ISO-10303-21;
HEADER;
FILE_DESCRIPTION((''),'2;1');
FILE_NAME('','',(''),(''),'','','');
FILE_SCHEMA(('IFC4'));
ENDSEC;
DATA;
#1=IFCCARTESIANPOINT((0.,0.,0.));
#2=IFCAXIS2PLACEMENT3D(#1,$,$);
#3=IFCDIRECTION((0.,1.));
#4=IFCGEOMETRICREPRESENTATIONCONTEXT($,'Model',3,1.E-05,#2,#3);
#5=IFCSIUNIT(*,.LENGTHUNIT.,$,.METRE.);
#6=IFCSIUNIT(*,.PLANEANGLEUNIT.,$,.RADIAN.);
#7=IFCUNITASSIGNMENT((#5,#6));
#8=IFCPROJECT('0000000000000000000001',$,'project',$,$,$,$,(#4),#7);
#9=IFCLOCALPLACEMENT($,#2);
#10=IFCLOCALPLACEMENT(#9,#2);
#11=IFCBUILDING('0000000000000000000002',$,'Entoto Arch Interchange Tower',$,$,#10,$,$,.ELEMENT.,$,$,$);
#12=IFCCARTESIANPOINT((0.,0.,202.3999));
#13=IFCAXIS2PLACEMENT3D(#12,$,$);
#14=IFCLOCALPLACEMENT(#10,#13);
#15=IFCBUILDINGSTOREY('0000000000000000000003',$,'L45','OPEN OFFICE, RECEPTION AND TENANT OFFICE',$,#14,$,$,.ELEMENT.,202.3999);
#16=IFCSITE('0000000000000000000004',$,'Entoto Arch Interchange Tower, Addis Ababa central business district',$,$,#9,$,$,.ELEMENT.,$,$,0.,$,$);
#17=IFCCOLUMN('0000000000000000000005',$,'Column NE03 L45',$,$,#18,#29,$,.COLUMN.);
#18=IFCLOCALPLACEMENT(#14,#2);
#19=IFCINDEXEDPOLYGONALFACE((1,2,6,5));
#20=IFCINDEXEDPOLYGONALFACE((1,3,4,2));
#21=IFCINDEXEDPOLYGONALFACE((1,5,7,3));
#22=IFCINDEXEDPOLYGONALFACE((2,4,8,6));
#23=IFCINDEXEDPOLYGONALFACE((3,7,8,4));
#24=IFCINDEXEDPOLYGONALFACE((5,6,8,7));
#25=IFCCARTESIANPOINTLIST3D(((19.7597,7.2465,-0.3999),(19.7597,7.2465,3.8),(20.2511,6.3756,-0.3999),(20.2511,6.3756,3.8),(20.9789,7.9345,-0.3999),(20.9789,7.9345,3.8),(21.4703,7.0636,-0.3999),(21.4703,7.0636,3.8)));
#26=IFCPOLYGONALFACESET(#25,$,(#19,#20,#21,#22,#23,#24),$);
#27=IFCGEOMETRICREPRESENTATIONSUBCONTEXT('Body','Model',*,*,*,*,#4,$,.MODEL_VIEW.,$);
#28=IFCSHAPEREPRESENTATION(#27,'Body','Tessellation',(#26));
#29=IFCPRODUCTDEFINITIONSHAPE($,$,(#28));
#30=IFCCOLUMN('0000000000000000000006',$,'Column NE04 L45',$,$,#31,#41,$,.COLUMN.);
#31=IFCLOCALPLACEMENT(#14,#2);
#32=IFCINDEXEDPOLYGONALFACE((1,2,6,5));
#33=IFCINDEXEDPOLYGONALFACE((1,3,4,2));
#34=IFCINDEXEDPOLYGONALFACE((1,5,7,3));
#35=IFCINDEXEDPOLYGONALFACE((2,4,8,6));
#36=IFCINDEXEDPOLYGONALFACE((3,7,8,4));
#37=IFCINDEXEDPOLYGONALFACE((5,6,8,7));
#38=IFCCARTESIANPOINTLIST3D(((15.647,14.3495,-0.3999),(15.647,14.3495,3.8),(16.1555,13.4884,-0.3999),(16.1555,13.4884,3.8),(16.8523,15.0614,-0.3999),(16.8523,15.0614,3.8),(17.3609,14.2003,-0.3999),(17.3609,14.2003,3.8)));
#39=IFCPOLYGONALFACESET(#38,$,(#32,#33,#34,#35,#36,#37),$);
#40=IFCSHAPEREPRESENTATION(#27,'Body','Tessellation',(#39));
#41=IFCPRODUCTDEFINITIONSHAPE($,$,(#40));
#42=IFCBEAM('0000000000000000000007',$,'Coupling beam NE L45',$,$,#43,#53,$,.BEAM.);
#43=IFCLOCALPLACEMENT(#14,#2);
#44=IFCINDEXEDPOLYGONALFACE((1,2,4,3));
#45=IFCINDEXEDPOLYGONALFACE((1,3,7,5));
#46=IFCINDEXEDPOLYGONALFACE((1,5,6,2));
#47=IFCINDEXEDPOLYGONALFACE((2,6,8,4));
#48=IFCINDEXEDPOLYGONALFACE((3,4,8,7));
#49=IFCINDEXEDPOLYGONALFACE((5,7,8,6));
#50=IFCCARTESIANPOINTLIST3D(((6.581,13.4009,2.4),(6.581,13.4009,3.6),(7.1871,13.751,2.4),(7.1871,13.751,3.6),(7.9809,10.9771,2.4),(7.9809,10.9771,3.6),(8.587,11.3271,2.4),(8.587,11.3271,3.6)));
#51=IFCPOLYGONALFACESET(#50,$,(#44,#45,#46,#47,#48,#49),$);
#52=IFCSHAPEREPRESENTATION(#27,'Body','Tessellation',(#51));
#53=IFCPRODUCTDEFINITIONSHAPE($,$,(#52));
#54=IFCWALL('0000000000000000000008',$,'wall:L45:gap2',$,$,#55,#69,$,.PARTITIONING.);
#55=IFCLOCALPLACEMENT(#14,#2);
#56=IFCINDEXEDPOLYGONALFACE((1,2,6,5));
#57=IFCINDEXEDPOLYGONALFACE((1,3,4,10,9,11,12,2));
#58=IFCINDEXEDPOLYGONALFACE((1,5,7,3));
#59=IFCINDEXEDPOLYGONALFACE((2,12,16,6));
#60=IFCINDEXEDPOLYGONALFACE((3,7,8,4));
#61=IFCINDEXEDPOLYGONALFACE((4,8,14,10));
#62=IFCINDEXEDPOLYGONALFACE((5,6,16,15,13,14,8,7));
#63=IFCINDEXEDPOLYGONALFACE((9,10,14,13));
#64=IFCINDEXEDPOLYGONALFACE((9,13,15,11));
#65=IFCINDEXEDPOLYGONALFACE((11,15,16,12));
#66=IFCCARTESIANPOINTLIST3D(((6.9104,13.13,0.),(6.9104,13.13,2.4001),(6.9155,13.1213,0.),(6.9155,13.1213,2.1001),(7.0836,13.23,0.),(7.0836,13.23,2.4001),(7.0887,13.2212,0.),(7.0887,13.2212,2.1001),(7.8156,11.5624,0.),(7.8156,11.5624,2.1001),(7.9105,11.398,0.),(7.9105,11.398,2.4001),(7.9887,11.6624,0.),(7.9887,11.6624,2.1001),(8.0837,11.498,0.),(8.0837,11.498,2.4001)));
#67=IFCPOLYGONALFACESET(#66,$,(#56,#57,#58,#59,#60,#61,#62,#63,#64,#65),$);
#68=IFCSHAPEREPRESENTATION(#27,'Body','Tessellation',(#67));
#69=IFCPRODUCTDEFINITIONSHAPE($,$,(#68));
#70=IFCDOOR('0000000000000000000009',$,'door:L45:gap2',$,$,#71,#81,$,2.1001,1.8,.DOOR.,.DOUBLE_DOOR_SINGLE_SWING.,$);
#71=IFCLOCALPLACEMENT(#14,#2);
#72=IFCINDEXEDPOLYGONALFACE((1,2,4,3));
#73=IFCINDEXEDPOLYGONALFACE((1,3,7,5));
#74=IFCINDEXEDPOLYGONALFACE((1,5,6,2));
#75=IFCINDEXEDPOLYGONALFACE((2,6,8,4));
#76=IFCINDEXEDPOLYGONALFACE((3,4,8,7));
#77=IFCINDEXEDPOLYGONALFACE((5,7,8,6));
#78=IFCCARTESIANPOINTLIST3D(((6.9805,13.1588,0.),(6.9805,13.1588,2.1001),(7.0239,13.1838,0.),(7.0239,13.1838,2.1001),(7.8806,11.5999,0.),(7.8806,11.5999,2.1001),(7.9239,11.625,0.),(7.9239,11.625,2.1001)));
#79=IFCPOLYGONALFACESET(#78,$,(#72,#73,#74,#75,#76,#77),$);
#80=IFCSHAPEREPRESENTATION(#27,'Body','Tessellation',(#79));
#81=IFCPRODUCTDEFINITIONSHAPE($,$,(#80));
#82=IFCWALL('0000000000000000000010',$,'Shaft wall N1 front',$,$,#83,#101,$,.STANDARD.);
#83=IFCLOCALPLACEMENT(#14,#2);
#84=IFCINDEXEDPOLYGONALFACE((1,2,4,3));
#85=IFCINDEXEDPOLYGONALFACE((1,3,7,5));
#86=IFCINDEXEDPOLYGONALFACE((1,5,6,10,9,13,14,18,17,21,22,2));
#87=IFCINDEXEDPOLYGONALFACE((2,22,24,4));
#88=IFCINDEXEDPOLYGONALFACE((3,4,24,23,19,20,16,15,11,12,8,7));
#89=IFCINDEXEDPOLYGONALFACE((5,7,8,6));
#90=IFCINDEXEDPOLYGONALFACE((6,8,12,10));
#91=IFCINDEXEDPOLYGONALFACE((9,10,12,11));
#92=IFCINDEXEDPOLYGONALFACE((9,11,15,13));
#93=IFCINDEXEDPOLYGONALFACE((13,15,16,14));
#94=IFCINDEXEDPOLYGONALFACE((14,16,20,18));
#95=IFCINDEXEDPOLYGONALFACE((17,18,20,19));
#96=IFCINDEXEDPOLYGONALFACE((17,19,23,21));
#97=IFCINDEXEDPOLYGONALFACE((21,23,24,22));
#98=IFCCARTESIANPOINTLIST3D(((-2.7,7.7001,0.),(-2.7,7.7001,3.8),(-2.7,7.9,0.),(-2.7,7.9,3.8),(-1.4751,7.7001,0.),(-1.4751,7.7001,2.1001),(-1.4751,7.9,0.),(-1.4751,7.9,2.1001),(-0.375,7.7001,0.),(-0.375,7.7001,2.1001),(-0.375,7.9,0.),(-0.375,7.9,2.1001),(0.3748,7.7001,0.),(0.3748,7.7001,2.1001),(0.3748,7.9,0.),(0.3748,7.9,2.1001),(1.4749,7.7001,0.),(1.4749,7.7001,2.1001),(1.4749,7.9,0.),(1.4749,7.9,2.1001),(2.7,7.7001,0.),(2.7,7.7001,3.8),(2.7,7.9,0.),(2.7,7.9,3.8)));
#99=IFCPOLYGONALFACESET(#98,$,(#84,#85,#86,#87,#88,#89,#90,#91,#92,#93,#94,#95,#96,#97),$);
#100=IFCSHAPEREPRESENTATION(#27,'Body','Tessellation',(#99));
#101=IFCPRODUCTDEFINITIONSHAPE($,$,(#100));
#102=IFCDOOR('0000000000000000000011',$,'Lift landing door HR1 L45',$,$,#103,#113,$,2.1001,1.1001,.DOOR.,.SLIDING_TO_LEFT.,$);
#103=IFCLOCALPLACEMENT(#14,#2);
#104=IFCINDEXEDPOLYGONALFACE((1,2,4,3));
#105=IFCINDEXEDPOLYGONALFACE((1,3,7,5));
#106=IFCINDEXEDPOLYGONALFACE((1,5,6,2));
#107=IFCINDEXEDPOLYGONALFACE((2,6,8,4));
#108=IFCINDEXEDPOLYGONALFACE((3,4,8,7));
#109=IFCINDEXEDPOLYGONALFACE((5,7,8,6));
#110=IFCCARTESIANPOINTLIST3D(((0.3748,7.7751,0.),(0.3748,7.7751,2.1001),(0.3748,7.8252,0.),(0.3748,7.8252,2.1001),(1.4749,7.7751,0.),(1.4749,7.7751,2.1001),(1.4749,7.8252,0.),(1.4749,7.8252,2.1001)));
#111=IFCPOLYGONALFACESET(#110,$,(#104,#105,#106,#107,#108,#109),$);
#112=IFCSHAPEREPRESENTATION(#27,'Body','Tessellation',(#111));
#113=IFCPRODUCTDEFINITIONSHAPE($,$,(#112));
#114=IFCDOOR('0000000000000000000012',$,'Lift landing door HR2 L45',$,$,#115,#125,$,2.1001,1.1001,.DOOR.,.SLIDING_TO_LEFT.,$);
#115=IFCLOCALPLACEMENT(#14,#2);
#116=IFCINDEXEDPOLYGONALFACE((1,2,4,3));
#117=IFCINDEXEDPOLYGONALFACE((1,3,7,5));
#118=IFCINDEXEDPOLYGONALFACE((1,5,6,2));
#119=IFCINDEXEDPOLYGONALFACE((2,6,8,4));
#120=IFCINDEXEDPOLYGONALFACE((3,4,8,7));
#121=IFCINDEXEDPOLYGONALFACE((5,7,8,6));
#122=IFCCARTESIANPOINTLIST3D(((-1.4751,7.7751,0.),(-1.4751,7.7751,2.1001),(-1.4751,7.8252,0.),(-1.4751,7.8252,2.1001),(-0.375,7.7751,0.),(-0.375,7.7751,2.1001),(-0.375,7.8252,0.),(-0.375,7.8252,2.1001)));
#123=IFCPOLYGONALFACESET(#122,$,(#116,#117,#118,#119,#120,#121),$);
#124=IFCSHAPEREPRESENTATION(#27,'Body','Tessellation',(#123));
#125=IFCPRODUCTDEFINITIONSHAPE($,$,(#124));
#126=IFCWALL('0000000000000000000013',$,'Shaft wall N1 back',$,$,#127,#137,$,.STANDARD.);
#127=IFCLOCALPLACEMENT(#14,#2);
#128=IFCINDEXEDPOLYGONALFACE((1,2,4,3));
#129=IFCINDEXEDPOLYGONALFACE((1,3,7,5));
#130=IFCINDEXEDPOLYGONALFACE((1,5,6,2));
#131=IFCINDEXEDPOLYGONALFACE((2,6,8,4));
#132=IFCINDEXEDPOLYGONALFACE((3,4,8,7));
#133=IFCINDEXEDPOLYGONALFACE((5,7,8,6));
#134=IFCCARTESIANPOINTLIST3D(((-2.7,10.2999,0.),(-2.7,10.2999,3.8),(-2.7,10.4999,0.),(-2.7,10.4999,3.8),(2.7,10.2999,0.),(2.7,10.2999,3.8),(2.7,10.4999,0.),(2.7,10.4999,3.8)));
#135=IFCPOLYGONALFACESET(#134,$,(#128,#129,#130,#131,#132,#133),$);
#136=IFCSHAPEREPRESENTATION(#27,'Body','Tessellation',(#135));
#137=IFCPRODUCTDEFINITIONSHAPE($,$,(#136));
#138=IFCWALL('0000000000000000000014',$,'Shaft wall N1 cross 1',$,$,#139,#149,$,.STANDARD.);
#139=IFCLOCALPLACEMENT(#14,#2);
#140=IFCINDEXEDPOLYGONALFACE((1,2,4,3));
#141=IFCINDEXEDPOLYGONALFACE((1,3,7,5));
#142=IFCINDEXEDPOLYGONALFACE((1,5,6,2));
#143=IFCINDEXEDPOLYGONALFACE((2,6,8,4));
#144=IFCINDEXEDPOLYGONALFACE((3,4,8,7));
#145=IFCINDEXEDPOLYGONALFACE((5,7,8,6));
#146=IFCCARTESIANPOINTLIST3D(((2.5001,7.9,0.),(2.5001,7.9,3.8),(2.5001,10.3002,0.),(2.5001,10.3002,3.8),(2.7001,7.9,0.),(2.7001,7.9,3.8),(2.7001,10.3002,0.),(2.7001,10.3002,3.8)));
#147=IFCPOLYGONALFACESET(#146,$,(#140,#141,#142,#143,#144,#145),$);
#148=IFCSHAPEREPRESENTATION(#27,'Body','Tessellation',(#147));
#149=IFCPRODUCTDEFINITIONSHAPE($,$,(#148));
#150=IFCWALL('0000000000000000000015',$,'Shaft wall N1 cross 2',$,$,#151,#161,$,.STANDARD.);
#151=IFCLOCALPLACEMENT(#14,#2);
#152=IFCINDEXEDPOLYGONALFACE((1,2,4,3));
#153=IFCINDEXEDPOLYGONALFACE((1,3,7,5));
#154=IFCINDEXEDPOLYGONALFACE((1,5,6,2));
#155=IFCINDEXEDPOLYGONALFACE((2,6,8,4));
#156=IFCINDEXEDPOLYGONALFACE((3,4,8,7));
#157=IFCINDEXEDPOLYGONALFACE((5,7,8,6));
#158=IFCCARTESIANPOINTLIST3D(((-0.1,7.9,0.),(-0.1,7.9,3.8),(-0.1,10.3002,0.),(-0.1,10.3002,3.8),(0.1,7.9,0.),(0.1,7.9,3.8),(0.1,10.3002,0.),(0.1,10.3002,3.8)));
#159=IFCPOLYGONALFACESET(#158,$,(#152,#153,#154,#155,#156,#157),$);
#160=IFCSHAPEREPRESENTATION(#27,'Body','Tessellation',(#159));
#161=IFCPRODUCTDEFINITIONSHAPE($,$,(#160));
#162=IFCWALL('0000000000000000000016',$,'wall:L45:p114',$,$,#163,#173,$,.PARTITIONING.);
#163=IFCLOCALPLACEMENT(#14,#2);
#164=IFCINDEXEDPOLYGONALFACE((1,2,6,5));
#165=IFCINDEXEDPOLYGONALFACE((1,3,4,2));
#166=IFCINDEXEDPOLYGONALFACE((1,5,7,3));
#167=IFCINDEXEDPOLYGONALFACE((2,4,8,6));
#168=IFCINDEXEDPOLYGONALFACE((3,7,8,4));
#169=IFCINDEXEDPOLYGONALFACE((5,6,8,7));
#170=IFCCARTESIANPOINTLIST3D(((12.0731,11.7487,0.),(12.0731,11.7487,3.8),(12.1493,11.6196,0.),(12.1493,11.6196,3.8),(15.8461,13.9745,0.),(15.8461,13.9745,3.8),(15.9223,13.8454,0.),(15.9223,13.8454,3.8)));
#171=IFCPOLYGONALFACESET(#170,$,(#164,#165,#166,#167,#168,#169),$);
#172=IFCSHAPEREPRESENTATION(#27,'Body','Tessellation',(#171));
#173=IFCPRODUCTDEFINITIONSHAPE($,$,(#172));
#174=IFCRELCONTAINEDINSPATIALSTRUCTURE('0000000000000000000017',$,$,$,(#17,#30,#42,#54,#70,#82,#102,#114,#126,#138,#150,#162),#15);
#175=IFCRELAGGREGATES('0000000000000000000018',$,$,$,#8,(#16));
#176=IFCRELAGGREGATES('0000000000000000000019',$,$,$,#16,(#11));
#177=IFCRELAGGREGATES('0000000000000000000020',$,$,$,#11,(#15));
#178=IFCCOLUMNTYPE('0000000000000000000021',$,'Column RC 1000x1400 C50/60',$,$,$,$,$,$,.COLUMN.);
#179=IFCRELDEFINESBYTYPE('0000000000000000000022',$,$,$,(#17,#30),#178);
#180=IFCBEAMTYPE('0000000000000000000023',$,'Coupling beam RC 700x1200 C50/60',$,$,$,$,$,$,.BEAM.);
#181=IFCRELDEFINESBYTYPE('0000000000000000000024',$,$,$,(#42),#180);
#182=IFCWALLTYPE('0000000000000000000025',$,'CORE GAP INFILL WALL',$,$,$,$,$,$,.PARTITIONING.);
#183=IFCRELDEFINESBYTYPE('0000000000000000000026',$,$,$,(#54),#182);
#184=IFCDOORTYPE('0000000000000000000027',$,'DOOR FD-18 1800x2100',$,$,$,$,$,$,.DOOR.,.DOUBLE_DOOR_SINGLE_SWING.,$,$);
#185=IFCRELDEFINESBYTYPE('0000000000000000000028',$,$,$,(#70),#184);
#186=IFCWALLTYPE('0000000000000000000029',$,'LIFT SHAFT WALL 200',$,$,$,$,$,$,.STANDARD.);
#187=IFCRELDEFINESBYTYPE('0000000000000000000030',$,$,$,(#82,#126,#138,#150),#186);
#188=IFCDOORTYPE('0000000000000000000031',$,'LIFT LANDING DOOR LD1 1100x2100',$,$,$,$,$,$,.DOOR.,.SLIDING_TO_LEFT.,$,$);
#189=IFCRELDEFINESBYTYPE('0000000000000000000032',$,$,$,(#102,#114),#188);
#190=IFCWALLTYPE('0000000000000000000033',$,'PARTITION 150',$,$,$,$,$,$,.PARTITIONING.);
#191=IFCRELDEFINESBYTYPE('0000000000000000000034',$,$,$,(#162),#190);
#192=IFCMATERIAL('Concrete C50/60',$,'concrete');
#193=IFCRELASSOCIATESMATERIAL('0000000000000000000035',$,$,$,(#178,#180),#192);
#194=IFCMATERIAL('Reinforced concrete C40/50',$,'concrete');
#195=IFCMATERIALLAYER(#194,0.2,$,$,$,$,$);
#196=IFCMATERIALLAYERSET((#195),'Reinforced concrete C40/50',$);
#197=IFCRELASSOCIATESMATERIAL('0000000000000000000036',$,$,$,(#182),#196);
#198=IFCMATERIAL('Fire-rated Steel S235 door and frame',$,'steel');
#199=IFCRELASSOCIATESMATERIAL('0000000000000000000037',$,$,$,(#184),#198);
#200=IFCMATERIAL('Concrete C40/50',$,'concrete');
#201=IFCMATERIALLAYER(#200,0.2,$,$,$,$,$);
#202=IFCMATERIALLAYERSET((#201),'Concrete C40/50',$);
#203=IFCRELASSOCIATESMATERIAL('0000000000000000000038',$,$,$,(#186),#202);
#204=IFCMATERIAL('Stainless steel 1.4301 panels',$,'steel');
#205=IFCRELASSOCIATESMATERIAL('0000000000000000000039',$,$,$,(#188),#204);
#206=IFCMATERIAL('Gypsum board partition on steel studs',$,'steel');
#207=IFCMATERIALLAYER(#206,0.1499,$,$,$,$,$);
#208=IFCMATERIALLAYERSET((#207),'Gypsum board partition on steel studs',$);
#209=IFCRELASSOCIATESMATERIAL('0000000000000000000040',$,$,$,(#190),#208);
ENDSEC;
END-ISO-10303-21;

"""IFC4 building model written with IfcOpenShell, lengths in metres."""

from ifc_helpers import new_model, si_unit, direction, frame, frame_2d, origin, origin_2d, place, context, subcontext, project, spatial, rectangle, extrude, material, layer, layer_set, material_profile, profile_set, type_object, element, fill, save


model = new_model("IFC4")

# Units and contexts
model_context = context("Model", 3, precision=1e-05, world=origin(), true_north=direction((0.0, 1.0)))
body_context = subcontext(model_context, "Body", "Model", "MODEL_VIEW")
ifc_project = project(units=[si_unit("LENGTHUNIT", "METRE"), si_unit("PLANEANGLEUNIT", "RADIAN")], contexts=[model_context])

# Site, building, storey
site_placement = place(None, origin())
site = spatial("IfcSite", under=ifc_project, at=site_placement, Name="Entoto Arch Interchange Tower, Addis Ababa central business district", CompositionType="ELEMENT", RefElevation=0.0)
building_placement = place(site_placement, origin())
building = spatial("IfcBuilding", under=site, at=building_placement, Name="Entoto Arch Interchange Tower", CompositionType="ELEMENT")
storey_placement = place(building_placement, frame((0.0, 0.0, 202.3999)))
storey = spatial("IfcBuildingStorey", under=building, at=storey_placement, Name="L45", Description="OPEN OFFICE, RECEPTION AND TENANT OFFICE", CompositionType="ELEMENT", Elevation=202.3999)

# Columns
ifc_material_1 = material(Name="Concrete C50/60", Category="concrete")
ifc_material_profile_1 = material_profile(ifc_material_1, rectangle(XDim=1.0, YDim=1.3999, at=origin_2d()))
ifc_profile_set_1 = profile_set([ifc_material_profile_1], Name="Concrete C50/60")
column_type = type_object("IfcColumnType", Name="Column RC 1000x1400 C50/60", PredefinedType="COLUMN", material=ifc_profile_set_1)
for number, where, z_axis, x_axis, name in (
    (1, (20.615, 7.155, -0.3999), (0.0, 0.0, 1.0), (-0.491436, 0.870914, 0.0), "Column NE03 L45"),
    (2, (16.5039, 14.2749, -0.3999), (0.0, 0.0, 1.0), (-0.508516, 0.861053, 0.0), "Column NE04 L45"),
):
    element("IfcColumn", number, at=place(storey_placement, frame(where, z_axis=z_axis, x_axis=x_axis)), inside=storey, type_object=column_type, Name=name, PredefinedType="COLUMN", context=body_context, shape_type="SweptSolid", body=[
        extrude(rectangle(XDim=1.0, YDim=1.3999, at=origin_2d()), origin(), (0.0, 0.0, 1.0), 4.2),
    ])

# Beam
ifc_material_profile_2 = material_profile(ifc_material_1, rectangle(XDim=0.7, YDim=1.2, at=origin_2d()))
ifc_profile_set_2 = profile_set([ifc_material_profile_2], Name="Concrete C50/60")
beam_type = type_object("IfcBeamType", Name="Coupling beam RC 700x1200 C50/60", PredefinedType="BEAM", material=ifc_profile_set_2)
beam_placement = place(storey_placement, frame((8.2839, 11.1521, 3.0), z_axis=(-0.500135, 0.865947, 0.0), x_axis=(-0.865947, -0.500135, 0.0)))
element("IfcBeam", 3, at=beam_placement, inside=storey, type_object=beam_type, Name="Coupling beam NE L45", PredefinedType="BEAM", context=body_context, shape_type="SweptSolid", body=[
    extrude(rectangle(XDim=0.7, YDim=1.2, at=origin_2d()), origin(), (0.0, 0.0, 1.0), 2.7991),
])

# Wall, opening, door
ifc_material_2 = material(Name="Reinforced concrete C40/50", Category="concrete")
ifc_layer_1 = layer(ifc_material_2, 0.2)
ifc_layer_set_1 = layer_set([ifc_layer_1], Name="Reinforced concrete C40/50")
wall_type_1 = type_object("IfcWallType", Name="CORE GAP INFILL WALL", PredefinedType="PARTITIONING", material=ifc_layer_set_1)
wall_1_placement = place(storey_placement, frame((7.9971, 11.448, 0.0), z_axis=(0.0, 0.0, 1.0), x_axis=(-0.500025, 0.866011, 0.0)))
wall_1 = element("IfcWall", 4, at=wall_1_placement, inside=storey, type_object=wall_type_1, Name="wall:L45:gap2", PredefinedType="PARTITIONING", context=body_context, shape_type="SweptSolid", body=[
    extrude(rectangle(XDim=2.0, YDim=0.2, at=frame_2d((1.0, 0.0))), origin(), (0.0, 0.0, 1.0), 2.4001),
])
opening_1_placement = place(wall_1_placement, frame((0.1899, 0.0, 0.0)))
opening_1 = element("IfcOpeningElement", 5, at=opening_1_placement, cuts=wall_1, PredefinedType="OPENING", context=body_context, shape_type="SweptSolid", body=[
    extrude(rectangle(XDim=1.8, YDim=2.1001, at=frame_2d((0.8999, 1.05))), frame((0.0, 0.1099, 0.0), z_axis=(0.0, -1.0, 0.0), x_axis=(1.0, 0.0, 0.0)), (0.0, 0.0, 1.0), 0.22),
])
ifc_material_3 = material(Name="Fire-rated Steel S235 door and frame", Category="steel")
door_type_1 = type_object("IfcDoorType", Name="DOOR FD-18 1800x2100", OperationType="DOUBLE_DOOR_SINGLE_SWING", PredefinedType="DOOR", material=ifc_material_3)
door_1_placement = place(opening_1_placement, origin())
door_1 = element("IfcDoor", 6, at=door_1_placement, inside=storey, type_object=door_type_1, Name="door:L45:gap2", OperationType="DOUBLE_DOOR_SINGLE_SWING", OverallHeight=2.1001, OverallWidth=1.8, PredefinedType="DOOR", context=body_context, shape_type="SweptSolid", body=[
    extrude(rectangle(XDim=1.8, YDim=2.1001, at=frame_2d((0.8999, 1.05))), frame((0.0, 0.0249, 0.0), z_axis=(0.0, -1.0, 0.0), x_axis=(1.0, 0.0, 0.0)), (0.0, 0.0, 1.0), 0.05),
])
fill(opening_1, door_1)

# Wall, openings, doors
ifc_material_4 = material(Name="Concrete C40/50", Category="concrete")
ifc_layer_2 = layer(ifc_material_4, 0.2)
ifc_layer_set_2 = layer_set([ifc_layer_2], Name="Concrete C40/50")
wall_type_2 = type_object("IfcWallType", Name="LIFT SHAFT WALL 200", PredefinedType="STANDARD", material=ifc_layer_set_2)
wall_2_placement = place(storey_placement, frame((2.7, 7.8, 0.0), z_axis=(0.0, 0.0, 1.0), x_axis=(-1.0, 0.0, 0.0)))
wall_2 = element("IfcWall", 7, at=wall_2_placement, inside=storey, type_object=wall_type_2, Name="Shaft wall N1 front", PredefinedType="STANDARD", context=body_context, shape_type="SweptSolid", body=[
    extrude(rectangle(XDim=5.3999, YDim=0.2, at=frame_2d((2.7, 0.0))), origin(), (0.0, 0.0, 1.0), 3.8),
])
opening_2_placement = place(wall_2_placement, frame((1.2251, 0.0, 0.0)))
opening_2 = element("IfcOpeningElement", 8, at=opening_2_placement, cuts=wall_2, PredefinedType="OPENING", context=body_context, shape_type="SweptSolid", body=[
    extrude(rectangle(XDim=1.1001, YDim=2.1001, at=frame_2d((0.55, 1.05))), frame((0.0, 0.1099, 0.0), z_axis=(0.0, -1.0, 0.0), x_axis=(1.0, 0.0, 0.0)), (0.0, 0.0, 1.0), 0.22),
])
opening_3_placement = place(wall_2_placement, frame((3.075, 0.0, 0.0)))
opening_3 = element("IfcOpeningElement", 9, at=opening_3_placement, cuts=wall_2, PredefinedType="OPENING", context=body_context, shape_type="SweptSolid", body=[
    extrude(rectangle(XDim=1.1001, YDim=2.1001, at=frame_2d((0.55, 1.05))), frame((0.0, 0.1099, 0.0), z_axis=(0.0, -1.0, 0.0), x_axis=(1.0, 0.0, 0.0)), (0.0, 0.0, 1.0), 0.22),
])
ifc_material_5 = material(Name="Stainless steel 1.4301 panels", Category="steel")
door_type_2 = type_object("IfcDoorType", Name="LIFT LANDING DOOR LD1 1100x2100", OperationType="SLIDING_TO_LEFT", PredefinedType="DOOR", material=ifc_material_5)
door_2_placement = place(opening_2_placement, origin())
door_2 = element("IfcDoor", 10, at=door_2_placement, inside=storey, type_object=door_type_2, Name="Lift landing door HR1 L45", OperationType="SLIDING_TO_LEFT", OverallHeight=2.1001, OverallWidth=1.1001, PredefinedType="DOOR", context=body_context, shape_type="SweptSolid", body=[
    extrude(rectangle(XDim=1.1001, YDim=2.1001, at=frame_2d((0.55, 1.05))), frame((0.0, 0.0249, 0.0), z_axis=(0.0, -1.0, 0.0), x_axis=(1.0, 0.0, 0.0)), (0.0, 0.0, 1.0), 0.05),
])
fill(opening_2, door_2)
door_3_placement = place(opening_3_placement, origin())
door_3 = element("IfcDoor", 11, at=door_3_placement, inside=storey, type_object=door_type_2, Name="Lift landing door HR2 L45", OperationType="SLIDING_TO_LEFT", OverallHeight=2.1001, OverallWidth=1.1001, PredefinedType="DOOR", context=body_context, shape_type="SweptSolid", body=[
    extrude(rectangle(XDim=1.1001, YDim=2.1001, at=frame_2d((0.55, 1.05))), frame((0.0, 0.0249, 0.0), z_axis=(0.0, -1.0, 0.0), x_axis=(1.0, 0.0, 0.0)), (0.0, 0.0, 1.0), 0.05),
])
fill(opening_3, door_3)

# Walls
wall_3_placement = place(storey_placement, frame((2.7, 10.3999, 0.0), z_axis=(0.0, 0.0, 1.0), x_axis=(-1.0, 0.0, 0.0)))
element("IfcWall", 12, at=wall_3_placement, inside=storey, type_object=wall_type_2, Name="Shaft wall N1 back", PredefinedType="STANDARD", context=body_context, shape_type="SweptSolid", body=[
    extrude(rectangle(XDim=5.3999, YDim=0.2, at=frame_2d((2.7, 0.0))), origin(), (0.0, 0.0, 1.0), 3.8),
])
for number, where, z_axis, x_axis, name in (
    (13, (2.6001, 7.8999, 0.0), (0.0, 0.0, 1.0), (0.0, 1.0, 0.0), "Shaft wall N1 cross 1"),
    (14, (0.0, 7.8999, 0.0), (0.0, 0.0, 1.0), (0.0, 1.0, 0.0), "Shaft wall N1 cross 2"),
):
    element("IfcWall", number, at=place(storey_placement, frame(where, z_axis=z_axis, x_axis=x_axis)), inside=storey, type_object=wall_type_2, Name=name, PredefinedType="STANDARD", context=body_context, shape_type="SweptSolid", body=[
        extrude(rectangle(XDim=2.4001, YDim=0.2, at=frame_2d((1.2002, 0.0))), origin(), (0.0, 0.0, 1.0), 3.8),
    ])
ifc_material_6 = material(Name="Gypsum board partition on steel studs", Category="steel")
ifc_layer_3 = layer(ifc_material_6, 0.1499)
ifc_layer_set_3 = layer_set([ifc_layer_3], Name="Gypsum board partition on steel studs")
wall_type_3 = type_object("IfcWallType", Name="PARTITION 150", PredefinedType="PARTITIONING", material=ifc_layer_set_3)
wall_4_placement = place(storey_placement, frame((12.1111, 11.6841, 0.0), z_axis=(0.0, 0.0, 1.0), x_axis=(0.86129, 0.508113, 0.0)))
element("IfcWall", 15, at=wall_4_placement, inside=storey, type_object=wall_type_3, Name="wall:L45:p114", PredefinedType="PARTITIONING", context=body_context, shape_type="SweptSolid", body=[
    extrude(rectangle(XDim=4.3806, YDim=0.1499, at=frame_2d((2.1904, 0.0))), origin(), (0.0, 0.0, 1.0), 3.8),
])

save(model, "model.ifc")
